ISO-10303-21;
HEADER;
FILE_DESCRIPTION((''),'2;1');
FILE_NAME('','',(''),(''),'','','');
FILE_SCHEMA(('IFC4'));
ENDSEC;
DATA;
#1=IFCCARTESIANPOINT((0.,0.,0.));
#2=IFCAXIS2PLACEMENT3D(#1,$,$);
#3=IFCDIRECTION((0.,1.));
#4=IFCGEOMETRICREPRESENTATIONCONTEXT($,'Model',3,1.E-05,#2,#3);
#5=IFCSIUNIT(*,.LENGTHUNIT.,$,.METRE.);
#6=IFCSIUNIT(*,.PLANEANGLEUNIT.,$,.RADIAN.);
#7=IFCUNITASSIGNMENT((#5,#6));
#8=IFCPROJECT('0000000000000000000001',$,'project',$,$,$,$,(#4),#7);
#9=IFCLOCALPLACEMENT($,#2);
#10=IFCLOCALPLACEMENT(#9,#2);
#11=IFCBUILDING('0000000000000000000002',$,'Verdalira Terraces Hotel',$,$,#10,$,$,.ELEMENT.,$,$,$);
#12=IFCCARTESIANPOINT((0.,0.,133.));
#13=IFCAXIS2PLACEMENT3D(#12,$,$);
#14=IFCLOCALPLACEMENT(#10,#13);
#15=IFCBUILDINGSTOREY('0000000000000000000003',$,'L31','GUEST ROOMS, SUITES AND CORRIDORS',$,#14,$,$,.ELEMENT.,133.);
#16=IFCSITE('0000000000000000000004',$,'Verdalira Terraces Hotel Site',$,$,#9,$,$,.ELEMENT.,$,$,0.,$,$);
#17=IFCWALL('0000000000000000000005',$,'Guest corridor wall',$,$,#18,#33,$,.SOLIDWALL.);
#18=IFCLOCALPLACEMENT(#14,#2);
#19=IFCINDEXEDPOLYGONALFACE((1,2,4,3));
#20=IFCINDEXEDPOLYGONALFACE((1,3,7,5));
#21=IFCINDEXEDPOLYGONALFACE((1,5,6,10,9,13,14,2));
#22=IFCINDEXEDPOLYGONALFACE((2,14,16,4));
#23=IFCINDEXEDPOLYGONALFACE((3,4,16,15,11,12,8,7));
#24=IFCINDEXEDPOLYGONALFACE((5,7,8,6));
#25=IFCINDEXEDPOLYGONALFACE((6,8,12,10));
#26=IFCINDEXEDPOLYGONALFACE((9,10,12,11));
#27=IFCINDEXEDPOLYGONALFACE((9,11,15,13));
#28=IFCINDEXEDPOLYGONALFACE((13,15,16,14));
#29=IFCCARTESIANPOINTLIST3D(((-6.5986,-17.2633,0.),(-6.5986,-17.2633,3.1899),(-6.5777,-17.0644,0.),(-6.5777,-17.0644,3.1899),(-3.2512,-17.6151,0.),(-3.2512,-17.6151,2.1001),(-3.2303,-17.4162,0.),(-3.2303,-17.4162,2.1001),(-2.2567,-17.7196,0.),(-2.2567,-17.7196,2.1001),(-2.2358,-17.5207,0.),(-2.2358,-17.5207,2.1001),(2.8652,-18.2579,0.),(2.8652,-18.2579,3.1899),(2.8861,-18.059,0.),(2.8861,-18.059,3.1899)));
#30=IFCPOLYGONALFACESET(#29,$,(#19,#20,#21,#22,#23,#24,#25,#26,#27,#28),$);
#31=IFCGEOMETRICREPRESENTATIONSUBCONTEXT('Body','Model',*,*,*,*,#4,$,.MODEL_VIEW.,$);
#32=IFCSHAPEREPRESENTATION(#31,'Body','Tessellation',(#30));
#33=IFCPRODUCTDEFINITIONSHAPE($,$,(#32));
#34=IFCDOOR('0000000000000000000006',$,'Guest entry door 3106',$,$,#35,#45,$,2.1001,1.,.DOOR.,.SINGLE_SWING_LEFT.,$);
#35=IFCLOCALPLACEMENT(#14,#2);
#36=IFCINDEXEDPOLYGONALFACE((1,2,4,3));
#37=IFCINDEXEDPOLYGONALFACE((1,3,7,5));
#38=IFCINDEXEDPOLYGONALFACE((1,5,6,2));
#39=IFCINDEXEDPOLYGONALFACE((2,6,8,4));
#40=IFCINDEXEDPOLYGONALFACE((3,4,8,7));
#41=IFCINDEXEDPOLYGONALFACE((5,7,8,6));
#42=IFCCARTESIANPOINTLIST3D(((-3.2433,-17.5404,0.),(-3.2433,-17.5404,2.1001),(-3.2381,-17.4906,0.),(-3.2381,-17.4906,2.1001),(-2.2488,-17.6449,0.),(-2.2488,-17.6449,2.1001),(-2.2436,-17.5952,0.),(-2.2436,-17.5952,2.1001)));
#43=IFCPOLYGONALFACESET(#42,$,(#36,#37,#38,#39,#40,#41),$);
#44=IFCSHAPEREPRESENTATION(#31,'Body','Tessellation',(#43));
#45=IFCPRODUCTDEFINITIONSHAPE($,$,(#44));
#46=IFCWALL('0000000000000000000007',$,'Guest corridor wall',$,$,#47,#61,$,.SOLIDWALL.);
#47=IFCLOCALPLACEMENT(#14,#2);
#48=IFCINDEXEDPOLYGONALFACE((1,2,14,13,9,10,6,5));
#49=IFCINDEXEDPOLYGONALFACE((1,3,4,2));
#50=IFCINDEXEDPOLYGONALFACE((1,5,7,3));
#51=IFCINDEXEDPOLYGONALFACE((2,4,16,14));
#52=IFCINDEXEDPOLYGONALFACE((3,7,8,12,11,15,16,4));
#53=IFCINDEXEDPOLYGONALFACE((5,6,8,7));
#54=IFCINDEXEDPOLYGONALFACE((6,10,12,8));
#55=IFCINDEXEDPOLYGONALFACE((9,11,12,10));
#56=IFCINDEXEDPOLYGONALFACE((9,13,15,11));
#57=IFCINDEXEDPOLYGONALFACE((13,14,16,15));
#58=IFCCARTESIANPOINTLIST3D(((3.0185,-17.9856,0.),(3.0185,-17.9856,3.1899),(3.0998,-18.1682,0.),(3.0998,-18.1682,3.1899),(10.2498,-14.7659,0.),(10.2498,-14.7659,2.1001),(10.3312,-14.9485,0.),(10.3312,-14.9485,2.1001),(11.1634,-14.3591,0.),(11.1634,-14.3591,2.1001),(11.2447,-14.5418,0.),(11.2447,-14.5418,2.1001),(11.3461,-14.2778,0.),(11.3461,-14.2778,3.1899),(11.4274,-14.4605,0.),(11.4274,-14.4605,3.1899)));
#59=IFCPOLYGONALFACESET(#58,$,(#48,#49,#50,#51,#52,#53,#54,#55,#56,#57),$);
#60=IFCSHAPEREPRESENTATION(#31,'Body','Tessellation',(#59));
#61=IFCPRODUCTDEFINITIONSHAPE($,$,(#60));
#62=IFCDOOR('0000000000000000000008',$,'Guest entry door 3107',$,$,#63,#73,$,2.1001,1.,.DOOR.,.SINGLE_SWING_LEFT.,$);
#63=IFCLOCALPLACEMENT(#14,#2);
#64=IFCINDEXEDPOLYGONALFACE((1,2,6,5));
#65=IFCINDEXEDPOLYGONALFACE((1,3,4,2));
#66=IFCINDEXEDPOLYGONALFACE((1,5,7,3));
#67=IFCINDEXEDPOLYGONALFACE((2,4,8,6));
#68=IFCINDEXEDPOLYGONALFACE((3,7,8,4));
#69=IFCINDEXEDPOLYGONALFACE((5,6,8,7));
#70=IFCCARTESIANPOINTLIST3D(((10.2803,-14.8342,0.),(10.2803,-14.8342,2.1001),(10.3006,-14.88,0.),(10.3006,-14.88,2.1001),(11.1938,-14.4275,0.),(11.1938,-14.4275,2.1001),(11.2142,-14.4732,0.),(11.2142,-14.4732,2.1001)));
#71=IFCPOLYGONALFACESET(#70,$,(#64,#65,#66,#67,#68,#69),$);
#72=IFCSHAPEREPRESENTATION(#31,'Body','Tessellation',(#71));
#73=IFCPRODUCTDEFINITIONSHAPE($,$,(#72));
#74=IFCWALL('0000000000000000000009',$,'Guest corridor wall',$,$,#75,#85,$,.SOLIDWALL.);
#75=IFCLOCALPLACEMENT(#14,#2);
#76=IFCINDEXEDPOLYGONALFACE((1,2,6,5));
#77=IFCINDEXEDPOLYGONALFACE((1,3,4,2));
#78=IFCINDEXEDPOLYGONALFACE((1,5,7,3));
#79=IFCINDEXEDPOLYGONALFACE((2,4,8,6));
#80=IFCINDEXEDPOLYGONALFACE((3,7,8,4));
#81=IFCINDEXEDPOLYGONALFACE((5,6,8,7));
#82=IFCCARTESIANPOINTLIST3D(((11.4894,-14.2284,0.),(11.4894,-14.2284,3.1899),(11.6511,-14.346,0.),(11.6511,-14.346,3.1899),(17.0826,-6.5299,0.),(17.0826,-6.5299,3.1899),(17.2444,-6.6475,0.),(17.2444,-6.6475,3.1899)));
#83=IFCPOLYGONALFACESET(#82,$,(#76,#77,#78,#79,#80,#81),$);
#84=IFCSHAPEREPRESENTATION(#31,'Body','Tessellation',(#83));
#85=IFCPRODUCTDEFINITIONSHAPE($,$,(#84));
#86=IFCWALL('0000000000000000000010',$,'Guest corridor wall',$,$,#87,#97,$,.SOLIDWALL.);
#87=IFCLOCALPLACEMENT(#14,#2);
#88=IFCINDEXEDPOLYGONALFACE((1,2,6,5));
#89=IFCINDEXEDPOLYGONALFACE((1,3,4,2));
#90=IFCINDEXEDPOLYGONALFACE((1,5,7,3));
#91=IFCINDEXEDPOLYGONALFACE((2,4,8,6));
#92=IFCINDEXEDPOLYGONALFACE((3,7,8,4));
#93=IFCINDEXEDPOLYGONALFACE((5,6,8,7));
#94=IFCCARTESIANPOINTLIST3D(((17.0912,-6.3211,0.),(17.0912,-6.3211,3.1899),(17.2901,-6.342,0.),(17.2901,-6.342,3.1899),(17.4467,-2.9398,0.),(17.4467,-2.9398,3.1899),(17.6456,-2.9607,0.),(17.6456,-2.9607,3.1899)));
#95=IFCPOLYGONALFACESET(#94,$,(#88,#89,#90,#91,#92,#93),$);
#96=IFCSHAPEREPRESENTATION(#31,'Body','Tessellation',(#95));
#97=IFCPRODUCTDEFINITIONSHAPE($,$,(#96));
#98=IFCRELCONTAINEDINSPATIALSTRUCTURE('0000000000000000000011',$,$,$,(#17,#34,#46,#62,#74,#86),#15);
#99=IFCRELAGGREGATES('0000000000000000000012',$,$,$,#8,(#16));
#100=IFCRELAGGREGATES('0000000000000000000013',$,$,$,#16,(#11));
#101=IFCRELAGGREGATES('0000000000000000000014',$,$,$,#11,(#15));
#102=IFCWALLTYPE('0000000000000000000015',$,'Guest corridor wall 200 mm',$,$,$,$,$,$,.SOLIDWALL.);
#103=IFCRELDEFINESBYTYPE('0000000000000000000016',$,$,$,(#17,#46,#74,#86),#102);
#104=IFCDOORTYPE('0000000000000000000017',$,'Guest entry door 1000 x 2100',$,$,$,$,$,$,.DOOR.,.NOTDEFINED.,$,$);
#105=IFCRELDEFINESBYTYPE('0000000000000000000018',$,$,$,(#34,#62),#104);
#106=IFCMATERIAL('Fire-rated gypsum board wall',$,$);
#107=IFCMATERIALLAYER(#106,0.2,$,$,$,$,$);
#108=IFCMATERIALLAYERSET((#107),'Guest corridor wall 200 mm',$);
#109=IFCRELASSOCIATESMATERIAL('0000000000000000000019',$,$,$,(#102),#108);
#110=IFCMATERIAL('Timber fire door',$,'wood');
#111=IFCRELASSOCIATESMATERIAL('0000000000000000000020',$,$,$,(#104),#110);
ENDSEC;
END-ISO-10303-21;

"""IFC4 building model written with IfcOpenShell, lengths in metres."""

from ifc_helpers import new_model, si_unit, direction, frame, frame_2d, origin, place, context, subcontext, project, spatial, rectangle, extrude, material, layer, layer_set, type_object, element, fill, save


model = new_model("IFC4")

# Units and contexts
model_context = context("Model", 3, precision=1e-05, world=origin(), true_north=direction((0.0, 1.0)))
body_context = subcontext(model_context, "Body", "Model", "MODEL_VIEW")
ifc_project = project(units=[si_unit("LENGTHUNIT", "METRE"), si_unit("PLANEANGLEUNIT", "RADIAN")], contexts=[model_context])

# Site, building, storey
site_placement = place(None, origin())
site = spatial("IfcSite", under=ifc_project, at=site_placement, Name="Verdalira Terraces Hotel Site", CompositionType="ELEMENT", RefElevation=0.0)
building_placement = place(site_placement, origin())
building = spatial("IfcBuilding", under=site, at=building_placement, Name="Verdalira Terraces Hotel", CompositionType="ELEMENT")
storey_placement = place(building_placement, frame((0.0, 0.0, 133.0)))
storey = spatial("IfcBuildingStorey", under=building, at=storey_placement, Name="L31", Description="GUEST ROOMS, SUITES AND CORRIDORS", CompositionType="ELEMENT", Elevation=133.0)

# Walls, openings, doors
ifc_material_1 = material(Name="Fire-rated gypsum board wall")
ifc_layer_1 = layer(ifc_material_1, 0.2)
ifc_layer_set_1 = layer_set([ifc_layer_1], Name="Guest corridor wall 200 mm")
wall_type_1 = type_object("IfcWallType", Name="Guest corridor wall 200 mm", PredefinedType="SOLIDWALL", material=ifc_layer_set_1)
wall_1_placement = place(storey_placement, frame((2.8755, -18.1584, 0.0), z_axis=(0.0, 0.0, 1.0), x_axis=(-0.994523, 0.104522, 0.0)))
wall_1 = element("IfcWall", 1, at=wall_1_placement, inside=storey, type_object=wall_type_1, Name="Guest corridor wall", PredefinedType="SOLIDWALL", context=body_context, shape_type="SweptSolid", body=[
    extrude(rectangle(XDim=9.5159, YDim=0.2, at=frame_2d((4.7578, 0.0))), origin(), (0.0, 0.0, 1.0), 3.1899),
])
opening_1_placement = place(wall_1_placement, frame((5.1499, 0.0, 0.0)))
opening_1 = element("IfcOpeningElement", 2, at=opening_1_placement, cuts=wall_1, PredefinedType="OPENING", context=body_context, shape_type="SweptSolid", body=[
    extrude(rectangle(XDim=1.0, YDim=2.1001, at=frame_2d((0.5, 1.05))), frame((0.0, 0.1099, 0.0), z_axis=(0.0, -1.0, 0.0), x_axis=(1.0, 0.0, 0.0)), (0.0, 0.0, 1.0), 0.22),
])
ifc_material_2 = material(Name="Timber fire door", Category="wood")
door_type_1 = type_object("IfcDoorType", Name="Guest entry door 1000 x 2100", OperationType="NOTDEFINED", PredefinedType="DOOR", material=ifc_material_2)
door_1_placement = place(opening_1_placement, origin())
door_1 = element("IfcDoor", 3, at=door_1_placement, inside=storey, type_object=door_type_1, Name="Guest entry door 3106", OperationType="SINGLE_SWING_LEFT", OverallHeight=2.1001, OverallWidth=1.0, PredefinedType="DOOR", context=body_context, shape_type="SweptSolid", body=[
    extrude(rectangle(XDim=1.0, YDim=2.1001, at=frame_2d((0.5, 1.05))), frame((0.0, 0.0249, 0.0), z_axis=(0.0, -1.0, 0.0), x_axis=(1.0, 0.0, 0.0)), (0.0, 0.0, 1.0), 0.05),
])
fill(opening_1, door_1)
wall_2_placement = place(storey_placement, frame((11.3867, -14.3691, 0.0), z_axis=(0.0, 0.0, 1.0), x_axis=(-0.913543, -0.406742, 0.0)))
wall_2 = element("IfcWall", 4, at=wall_2_placement, inside=storey, type_object=wall_type_1, Name="Guest corridor wall", PredefinedType="SOLIDWALL", context=body_context, shape_type="SweptSolid", body=[
    extrude(rectangle(XDim=9.1157, YDim=0.2, at=frame_2d((4.5579, 0.0))), origin(), (0.0, 0.0, 1.0), 3.1899),
])
opening_2_placement = place(wall_2_placement, frame((0.2, 0.0, 0.0)))
opening_2 = element("IfcOpeningElement", 5, at=opening_2_placement, cuts=wall_2, PredefinedType="OPENING", context=body_context, shape_type="SweptSolid", body=[
    extrude(rectangle(XDim=1.0, YDim=2.1001, at=frame_2d((0.5, 1.05))), frame((0.0, 0.1099, 0.0), z_axis=(0.0, -1.0, 0.0), x_axis=(1.0, 0.0, 0.0)), (0.0, 0.0, 1.0), 0.22),
])
door_2_placement = place(opening_2_placement, origin())
door_2 = element("IfcDoor", 6, at=door_2_placement, inside=storey, type_object=door_type_1, Name="Guest entry door 3107", OperationType="SINGLE_SWING_LEFT", OverallHeight=2.1001, OverallWidth=1.0, PredefinedType="DOOR", context=body_context, shape_type="SweptSolid", body=[
    extrude(rectangle(XDim=1.0, YDim=2.1001, at=frame_2d((0.5, 1.05))), frame((0.0, 0.0249, 0.0), z_axis=(0.0, -1.0, 0.0), x_axis=(1.0, 0.0, 0.0)), (0.0, 0.0, 1.0), 0.05),
])
fill(opening_2, door_2)

# Walls
wall_3_placement = place(storey_placement, frame((11.5703, -14.2871, 0.0), z_axis=(0.0, 0.0, 1.0), x_axis=(0.587784, 0.809018, 0.0)))
element("IfcWall", 7, at=wall_3_placement, inside=storey, type_object=wall_type_1, Name="Guest corridor wall", PredefinedType="SOLIDWALL", context=body_context, shape_type="SweptSolid", body=[
    extrude(rectangle(XDim=9.5159, YDim=0.2, at=frame_2d((4.7578, 0.0))), origin(), (0.0, 0.0, 1.0), 3.1899),
])
wall_4_placement = place(storey_placement, frame((17.1907, -6.3315, 0.0), z_axis=(0.0, 0.0, 1.0), x_axis=(0.10455, 0.99452, 0.0)))
element("IfcWall", 8, at=wall_4_placement, inside=storey, type_object=wall_type_1, Name="Guest corridor wall", PredefinedType="SOLIDWALL", context=body_context, shape_type="SweptSolid", body=[
    extrude(rectangle(XDim=3.3999, YDim=0.2, at=frame_2d((1.7, 0.0))), origin(), (0.0, 0.0, 1.0), 3.1899),
])

save(model, "model.ifc")
